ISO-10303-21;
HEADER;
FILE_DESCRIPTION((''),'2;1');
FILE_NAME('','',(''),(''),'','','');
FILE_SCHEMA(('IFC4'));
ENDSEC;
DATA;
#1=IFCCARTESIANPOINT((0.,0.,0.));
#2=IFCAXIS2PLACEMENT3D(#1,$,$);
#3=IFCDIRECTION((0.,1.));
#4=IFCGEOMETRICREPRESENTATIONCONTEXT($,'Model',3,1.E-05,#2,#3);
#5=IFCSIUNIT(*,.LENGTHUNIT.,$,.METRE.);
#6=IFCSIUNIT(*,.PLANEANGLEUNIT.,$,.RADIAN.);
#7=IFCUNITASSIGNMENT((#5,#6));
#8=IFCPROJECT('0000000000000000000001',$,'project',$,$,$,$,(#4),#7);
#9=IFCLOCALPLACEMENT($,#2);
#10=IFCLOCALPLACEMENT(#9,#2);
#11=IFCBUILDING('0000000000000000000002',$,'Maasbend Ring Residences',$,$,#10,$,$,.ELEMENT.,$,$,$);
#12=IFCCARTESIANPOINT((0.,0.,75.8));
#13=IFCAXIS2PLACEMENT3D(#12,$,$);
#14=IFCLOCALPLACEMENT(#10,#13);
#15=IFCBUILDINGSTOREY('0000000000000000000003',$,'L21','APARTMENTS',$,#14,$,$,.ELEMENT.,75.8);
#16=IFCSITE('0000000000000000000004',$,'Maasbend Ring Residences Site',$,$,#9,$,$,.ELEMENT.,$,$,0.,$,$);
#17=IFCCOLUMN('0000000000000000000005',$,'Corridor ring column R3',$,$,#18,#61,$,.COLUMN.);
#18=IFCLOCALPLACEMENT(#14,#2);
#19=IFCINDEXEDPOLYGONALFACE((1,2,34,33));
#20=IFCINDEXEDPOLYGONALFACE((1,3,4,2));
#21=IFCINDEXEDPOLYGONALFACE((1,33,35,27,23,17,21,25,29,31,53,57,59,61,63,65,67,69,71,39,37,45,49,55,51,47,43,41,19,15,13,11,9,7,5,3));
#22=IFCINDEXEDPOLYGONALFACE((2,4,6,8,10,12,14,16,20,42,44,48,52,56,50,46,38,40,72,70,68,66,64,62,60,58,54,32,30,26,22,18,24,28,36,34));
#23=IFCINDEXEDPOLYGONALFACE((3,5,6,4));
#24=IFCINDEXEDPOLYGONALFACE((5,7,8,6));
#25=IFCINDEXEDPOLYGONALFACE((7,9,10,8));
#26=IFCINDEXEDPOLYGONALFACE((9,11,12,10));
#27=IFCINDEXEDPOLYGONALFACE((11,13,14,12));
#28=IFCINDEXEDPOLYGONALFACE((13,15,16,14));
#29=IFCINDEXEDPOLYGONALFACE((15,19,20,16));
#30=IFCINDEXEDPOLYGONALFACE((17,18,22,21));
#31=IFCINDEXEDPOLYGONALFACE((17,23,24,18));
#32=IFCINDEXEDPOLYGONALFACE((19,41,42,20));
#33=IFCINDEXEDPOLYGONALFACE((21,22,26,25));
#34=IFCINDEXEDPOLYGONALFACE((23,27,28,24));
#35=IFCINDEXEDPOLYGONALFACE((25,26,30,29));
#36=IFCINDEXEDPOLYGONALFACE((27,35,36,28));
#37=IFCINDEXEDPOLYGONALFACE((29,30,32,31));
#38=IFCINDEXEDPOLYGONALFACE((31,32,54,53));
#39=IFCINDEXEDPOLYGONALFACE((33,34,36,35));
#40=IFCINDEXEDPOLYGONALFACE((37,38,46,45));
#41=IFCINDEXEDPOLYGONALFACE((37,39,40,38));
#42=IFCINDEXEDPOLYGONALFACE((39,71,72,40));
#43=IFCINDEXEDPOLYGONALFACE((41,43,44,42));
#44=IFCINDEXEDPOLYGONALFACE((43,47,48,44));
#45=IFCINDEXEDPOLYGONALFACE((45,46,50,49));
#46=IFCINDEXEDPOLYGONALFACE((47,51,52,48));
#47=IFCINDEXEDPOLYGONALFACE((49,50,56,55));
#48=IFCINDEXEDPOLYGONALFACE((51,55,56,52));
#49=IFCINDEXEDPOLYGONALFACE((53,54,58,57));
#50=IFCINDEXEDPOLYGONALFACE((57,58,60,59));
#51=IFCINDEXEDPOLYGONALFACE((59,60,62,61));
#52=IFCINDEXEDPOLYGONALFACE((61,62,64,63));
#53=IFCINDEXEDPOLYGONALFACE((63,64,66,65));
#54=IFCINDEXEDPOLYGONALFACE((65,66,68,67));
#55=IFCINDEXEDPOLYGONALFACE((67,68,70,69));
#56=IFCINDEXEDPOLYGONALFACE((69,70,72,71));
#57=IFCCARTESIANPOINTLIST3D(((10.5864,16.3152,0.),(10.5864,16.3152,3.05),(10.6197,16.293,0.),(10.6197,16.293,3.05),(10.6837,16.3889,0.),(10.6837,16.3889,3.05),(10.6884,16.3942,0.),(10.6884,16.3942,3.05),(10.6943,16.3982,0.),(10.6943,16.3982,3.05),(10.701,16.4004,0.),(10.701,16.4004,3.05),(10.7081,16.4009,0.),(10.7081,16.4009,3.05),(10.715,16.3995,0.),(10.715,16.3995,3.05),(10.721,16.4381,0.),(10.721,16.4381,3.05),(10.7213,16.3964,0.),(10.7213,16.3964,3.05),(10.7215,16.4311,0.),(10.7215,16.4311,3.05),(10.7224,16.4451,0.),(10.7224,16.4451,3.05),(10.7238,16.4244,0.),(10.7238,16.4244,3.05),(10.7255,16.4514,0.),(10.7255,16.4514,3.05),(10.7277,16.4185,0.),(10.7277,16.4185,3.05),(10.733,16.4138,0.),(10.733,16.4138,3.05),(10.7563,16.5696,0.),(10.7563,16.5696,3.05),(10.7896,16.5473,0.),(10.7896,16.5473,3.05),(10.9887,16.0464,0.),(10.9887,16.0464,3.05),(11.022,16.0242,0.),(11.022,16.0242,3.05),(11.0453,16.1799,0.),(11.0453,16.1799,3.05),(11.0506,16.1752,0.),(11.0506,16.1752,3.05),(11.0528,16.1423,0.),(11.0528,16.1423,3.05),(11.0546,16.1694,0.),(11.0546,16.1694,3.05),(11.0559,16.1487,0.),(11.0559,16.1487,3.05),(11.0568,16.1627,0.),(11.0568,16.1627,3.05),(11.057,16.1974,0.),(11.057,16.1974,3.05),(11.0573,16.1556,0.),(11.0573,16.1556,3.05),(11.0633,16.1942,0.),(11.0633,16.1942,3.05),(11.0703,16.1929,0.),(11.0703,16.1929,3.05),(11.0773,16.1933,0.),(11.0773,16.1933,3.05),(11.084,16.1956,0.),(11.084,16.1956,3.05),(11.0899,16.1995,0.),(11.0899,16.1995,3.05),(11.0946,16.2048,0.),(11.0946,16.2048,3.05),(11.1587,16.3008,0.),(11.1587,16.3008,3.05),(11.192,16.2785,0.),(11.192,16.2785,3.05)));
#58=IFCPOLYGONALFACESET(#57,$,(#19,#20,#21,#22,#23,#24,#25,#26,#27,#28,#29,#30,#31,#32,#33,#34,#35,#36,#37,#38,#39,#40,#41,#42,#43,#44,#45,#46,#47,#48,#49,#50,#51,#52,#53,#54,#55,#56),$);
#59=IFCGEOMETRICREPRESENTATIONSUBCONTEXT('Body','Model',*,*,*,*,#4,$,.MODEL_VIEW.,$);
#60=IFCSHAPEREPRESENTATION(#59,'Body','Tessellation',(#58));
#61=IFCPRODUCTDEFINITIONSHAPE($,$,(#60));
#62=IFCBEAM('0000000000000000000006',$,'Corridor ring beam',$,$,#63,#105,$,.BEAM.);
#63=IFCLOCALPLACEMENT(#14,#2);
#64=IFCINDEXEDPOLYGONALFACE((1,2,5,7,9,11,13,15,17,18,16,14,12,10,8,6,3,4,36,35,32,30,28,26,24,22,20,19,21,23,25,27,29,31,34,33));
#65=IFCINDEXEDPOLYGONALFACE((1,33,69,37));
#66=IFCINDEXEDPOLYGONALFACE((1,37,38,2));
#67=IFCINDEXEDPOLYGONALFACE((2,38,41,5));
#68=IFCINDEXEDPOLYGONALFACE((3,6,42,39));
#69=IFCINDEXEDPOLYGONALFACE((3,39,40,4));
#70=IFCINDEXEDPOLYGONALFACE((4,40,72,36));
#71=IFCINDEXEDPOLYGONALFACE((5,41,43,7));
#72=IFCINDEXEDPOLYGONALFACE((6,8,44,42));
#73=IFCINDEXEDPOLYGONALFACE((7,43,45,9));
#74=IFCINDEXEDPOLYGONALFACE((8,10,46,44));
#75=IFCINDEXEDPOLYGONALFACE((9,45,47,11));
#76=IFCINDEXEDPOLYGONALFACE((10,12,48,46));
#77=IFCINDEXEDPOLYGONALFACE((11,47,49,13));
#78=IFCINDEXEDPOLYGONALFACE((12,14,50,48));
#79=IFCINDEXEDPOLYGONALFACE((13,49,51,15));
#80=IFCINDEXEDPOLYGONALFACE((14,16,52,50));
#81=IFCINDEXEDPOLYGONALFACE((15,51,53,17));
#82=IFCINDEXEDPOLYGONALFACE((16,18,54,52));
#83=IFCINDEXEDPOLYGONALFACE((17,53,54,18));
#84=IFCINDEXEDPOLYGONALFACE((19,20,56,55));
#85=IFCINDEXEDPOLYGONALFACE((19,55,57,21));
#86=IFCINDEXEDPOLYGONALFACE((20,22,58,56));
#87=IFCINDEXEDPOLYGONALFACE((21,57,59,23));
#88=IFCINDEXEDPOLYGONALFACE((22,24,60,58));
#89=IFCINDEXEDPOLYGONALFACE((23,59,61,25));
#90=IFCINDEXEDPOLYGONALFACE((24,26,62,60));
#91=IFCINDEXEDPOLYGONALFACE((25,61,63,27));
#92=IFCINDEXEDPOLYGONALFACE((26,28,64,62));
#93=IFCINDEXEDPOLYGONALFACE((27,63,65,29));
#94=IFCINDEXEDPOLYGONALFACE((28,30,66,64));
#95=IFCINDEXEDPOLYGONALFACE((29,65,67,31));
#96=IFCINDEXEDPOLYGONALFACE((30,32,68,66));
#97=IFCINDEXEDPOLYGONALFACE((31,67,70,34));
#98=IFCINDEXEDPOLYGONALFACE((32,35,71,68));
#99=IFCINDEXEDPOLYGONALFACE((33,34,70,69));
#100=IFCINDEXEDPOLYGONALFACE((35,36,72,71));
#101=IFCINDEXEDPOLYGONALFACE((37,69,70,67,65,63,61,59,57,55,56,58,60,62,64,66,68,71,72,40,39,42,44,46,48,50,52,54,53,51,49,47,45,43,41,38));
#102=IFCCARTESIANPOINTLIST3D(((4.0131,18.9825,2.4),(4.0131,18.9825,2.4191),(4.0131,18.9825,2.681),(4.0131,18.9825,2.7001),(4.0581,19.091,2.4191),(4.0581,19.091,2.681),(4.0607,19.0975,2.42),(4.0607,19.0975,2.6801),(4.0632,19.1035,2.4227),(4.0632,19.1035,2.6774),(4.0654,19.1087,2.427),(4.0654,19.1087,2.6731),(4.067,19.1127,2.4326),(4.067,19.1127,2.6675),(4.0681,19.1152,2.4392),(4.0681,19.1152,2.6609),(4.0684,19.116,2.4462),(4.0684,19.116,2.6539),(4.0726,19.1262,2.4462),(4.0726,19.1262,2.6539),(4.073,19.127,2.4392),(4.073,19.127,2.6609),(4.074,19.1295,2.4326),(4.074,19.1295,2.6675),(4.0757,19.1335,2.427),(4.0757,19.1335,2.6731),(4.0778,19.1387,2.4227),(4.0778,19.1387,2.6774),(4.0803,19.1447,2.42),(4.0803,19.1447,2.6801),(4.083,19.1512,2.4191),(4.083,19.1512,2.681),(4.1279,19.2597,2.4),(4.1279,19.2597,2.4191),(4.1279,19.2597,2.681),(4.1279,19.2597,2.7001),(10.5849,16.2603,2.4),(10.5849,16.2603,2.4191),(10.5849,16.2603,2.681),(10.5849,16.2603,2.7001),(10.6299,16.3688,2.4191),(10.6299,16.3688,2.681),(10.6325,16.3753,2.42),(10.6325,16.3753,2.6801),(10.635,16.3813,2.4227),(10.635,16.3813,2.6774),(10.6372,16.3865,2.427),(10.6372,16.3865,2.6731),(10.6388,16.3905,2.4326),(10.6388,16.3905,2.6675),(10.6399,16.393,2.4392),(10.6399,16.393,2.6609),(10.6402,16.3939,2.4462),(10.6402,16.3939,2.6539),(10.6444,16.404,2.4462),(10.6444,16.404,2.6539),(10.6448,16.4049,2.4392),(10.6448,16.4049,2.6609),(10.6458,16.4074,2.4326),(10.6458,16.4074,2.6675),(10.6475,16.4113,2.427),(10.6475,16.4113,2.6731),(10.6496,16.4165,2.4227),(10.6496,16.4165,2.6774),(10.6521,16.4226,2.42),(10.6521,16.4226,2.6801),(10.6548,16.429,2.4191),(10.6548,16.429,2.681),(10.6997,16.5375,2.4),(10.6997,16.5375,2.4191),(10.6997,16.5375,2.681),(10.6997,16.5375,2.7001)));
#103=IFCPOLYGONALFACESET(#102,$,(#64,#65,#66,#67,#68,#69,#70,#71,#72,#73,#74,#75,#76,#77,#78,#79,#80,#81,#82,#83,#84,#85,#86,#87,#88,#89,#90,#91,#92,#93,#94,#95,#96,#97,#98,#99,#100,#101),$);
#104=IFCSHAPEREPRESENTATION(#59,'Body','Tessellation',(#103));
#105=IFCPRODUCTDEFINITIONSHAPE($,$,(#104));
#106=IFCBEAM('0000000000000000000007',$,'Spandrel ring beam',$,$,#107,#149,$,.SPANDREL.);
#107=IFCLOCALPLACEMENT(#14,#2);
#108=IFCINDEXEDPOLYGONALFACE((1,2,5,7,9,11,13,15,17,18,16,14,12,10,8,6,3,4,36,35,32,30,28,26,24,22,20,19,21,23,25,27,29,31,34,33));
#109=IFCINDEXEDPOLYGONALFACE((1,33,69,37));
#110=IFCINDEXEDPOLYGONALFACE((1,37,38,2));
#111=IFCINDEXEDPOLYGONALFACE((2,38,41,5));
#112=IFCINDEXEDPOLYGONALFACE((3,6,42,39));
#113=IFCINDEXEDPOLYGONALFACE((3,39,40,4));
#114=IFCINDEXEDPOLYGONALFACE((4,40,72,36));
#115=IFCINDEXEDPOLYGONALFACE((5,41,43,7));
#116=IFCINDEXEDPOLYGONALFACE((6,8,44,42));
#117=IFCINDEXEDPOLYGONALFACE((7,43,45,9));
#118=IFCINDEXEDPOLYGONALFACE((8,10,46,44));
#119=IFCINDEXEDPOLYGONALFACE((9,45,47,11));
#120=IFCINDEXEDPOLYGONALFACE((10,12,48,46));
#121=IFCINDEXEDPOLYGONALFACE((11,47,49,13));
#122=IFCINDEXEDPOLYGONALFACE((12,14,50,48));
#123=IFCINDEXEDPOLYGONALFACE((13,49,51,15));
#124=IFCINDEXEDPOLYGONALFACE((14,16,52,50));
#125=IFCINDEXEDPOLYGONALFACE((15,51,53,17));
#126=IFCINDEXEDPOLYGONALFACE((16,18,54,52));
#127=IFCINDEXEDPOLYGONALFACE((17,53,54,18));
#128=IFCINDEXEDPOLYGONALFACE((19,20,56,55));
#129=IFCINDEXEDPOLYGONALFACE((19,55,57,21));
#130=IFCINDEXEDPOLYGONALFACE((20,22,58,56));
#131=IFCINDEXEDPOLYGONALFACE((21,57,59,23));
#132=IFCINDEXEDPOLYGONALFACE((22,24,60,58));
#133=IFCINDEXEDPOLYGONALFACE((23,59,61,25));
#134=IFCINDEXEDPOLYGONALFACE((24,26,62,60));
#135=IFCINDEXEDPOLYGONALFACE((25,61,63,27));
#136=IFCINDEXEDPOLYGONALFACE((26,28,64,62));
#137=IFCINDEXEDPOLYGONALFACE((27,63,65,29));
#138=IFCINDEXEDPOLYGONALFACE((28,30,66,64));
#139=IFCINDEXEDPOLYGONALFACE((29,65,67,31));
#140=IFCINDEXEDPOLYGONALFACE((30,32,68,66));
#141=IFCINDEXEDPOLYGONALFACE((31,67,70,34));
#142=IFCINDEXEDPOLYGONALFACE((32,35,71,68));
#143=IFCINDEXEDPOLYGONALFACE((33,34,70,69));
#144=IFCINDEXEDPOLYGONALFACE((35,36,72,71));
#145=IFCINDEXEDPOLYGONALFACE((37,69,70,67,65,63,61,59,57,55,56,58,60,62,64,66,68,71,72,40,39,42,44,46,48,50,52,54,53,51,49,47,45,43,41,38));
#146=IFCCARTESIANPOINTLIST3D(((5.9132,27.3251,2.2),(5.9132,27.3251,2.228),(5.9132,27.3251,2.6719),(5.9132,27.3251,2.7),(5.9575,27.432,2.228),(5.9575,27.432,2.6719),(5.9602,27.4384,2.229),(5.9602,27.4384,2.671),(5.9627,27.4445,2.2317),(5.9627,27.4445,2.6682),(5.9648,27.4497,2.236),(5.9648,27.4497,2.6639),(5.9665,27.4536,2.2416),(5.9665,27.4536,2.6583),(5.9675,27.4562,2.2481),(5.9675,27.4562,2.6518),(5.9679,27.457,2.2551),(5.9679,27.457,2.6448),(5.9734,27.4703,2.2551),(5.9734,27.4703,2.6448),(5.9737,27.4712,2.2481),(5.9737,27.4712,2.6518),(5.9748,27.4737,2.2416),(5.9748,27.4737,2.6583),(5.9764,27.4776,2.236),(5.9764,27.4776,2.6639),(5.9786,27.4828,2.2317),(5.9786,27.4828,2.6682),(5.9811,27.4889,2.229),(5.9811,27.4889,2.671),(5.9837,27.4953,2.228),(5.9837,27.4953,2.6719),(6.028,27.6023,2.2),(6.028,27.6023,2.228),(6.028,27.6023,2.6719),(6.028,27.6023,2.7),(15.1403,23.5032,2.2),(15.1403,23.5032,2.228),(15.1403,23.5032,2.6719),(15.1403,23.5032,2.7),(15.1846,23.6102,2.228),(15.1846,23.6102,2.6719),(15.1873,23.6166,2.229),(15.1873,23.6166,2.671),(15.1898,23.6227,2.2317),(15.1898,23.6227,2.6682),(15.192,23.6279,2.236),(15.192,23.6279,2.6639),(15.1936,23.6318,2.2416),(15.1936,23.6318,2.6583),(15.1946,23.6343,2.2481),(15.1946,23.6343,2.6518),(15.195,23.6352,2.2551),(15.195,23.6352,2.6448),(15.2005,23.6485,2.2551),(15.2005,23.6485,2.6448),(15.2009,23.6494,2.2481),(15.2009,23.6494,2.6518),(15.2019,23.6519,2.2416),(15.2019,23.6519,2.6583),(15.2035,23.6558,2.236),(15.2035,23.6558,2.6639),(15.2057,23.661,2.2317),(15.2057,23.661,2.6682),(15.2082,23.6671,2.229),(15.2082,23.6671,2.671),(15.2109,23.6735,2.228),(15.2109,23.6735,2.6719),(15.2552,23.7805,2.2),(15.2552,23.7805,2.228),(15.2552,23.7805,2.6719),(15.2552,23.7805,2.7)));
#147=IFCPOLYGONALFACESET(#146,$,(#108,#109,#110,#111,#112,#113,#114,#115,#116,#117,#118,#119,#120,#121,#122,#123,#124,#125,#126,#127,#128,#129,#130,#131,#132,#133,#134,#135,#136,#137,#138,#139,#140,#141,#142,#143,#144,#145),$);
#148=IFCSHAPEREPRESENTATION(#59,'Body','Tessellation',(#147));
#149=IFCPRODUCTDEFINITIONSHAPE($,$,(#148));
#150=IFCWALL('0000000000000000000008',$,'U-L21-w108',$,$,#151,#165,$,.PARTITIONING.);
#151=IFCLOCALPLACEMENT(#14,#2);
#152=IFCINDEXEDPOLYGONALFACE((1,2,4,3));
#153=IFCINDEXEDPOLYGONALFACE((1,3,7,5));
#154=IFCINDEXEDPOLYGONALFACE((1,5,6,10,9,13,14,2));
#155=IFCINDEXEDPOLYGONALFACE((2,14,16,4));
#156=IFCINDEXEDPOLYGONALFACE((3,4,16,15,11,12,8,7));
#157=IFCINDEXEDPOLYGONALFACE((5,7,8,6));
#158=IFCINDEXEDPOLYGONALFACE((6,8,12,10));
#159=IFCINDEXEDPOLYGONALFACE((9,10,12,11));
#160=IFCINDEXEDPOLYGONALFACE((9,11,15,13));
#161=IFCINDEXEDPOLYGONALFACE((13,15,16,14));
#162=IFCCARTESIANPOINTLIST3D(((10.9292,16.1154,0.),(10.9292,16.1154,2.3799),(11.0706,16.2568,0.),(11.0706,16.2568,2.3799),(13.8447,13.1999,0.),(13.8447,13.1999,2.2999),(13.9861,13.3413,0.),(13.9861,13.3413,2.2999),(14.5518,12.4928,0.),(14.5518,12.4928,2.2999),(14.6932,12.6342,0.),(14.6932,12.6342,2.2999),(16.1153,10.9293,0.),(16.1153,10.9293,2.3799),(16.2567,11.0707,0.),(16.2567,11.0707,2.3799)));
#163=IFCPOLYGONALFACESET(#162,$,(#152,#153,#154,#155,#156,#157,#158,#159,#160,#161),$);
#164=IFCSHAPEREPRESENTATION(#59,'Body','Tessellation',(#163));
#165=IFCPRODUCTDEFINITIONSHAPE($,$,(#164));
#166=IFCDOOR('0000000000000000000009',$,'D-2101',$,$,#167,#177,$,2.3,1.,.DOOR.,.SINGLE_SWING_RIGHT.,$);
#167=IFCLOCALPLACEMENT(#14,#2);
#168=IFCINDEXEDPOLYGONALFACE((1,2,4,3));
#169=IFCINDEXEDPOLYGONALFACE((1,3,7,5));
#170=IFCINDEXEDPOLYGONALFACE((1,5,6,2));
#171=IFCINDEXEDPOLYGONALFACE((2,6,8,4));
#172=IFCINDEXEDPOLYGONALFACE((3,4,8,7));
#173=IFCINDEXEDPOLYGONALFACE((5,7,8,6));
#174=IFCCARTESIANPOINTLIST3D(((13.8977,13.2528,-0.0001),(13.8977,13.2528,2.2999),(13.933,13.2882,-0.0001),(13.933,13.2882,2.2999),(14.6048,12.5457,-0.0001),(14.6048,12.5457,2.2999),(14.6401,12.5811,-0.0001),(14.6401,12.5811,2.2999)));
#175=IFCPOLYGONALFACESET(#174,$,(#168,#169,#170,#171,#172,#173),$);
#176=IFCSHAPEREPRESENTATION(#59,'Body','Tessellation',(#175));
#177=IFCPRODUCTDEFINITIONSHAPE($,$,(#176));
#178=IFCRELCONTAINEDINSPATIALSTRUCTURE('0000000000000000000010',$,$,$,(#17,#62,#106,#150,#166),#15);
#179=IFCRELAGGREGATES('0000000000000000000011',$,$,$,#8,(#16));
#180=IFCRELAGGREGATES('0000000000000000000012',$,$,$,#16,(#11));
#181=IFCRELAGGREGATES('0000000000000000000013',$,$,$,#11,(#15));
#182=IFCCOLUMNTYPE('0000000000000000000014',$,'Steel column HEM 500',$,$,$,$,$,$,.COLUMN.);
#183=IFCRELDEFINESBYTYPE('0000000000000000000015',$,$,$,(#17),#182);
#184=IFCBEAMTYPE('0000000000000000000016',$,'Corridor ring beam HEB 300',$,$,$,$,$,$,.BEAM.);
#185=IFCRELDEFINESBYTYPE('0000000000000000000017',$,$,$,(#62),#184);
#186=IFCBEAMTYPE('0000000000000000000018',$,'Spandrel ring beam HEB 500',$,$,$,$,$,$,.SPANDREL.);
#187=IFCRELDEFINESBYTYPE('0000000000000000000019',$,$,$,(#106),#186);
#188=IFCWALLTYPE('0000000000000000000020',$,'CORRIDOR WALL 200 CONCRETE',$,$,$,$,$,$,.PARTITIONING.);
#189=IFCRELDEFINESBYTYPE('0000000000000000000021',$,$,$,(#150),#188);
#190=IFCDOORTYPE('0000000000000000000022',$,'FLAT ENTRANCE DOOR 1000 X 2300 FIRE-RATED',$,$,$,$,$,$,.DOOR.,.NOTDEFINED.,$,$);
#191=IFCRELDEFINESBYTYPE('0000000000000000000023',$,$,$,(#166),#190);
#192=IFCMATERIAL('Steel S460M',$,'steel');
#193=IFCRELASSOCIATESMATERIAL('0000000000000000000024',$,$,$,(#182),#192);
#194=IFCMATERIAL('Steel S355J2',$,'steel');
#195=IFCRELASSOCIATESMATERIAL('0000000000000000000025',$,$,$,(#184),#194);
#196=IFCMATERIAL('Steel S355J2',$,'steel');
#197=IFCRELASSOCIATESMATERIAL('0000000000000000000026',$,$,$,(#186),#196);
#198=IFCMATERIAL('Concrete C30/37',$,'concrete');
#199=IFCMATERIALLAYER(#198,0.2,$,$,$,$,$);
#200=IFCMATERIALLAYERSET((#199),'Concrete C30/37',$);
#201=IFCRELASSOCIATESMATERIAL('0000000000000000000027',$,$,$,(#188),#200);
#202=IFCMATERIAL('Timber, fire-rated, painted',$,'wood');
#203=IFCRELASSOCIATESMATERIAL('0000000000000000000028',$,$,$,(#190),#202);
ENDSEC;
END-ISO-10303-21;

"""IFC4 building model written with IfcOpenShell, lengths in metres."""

from ifc_helpers import new_model, si_unit, direction, frame, frame_2d, origin, origin_2d, place, context, subcontext, project, spatial, rectangle, i_section, extrude, material, layer, layer_set, material_profile, profile_set, type_object, element, fill, save


model = new_model("IFC4")

# Units and contexts
model_context = context("Model", 3, precision=1e-05, world=origin(), true_north=direction((0.0, 1.0)))
body_context = subcontext(model_context, "Body", "Model", "MODEL_VIEW")
ifc_project = project(units=[si_unit("LENGTHUNIT", "METRE"), si_unit("PLANEANGLEUNIT", "RADIAN")], contexts=[model_context])

# Site, building, storey
site_placement = place(None, origin())
site = spatial("IfcSite", under=ifc_project, at=site_placement, Name="Maasbend Ring Residences Site", CompositionType="ELEMENT", RefElevation=0.0)
building_placement = place(site_placement, origin())
building = spatial("IfcBuilding", under=site, at=building_placement, Name="Maasbend Ring Residences", CompositionType="ELEMENT")
storey_placement = place(building_placement, frame((0.0, 0.0, 75.8)))
storey = spatial("IfcBuildingStorey", under=building, at=storey_placement, Name="L21", Description="APARTMENTS", CompositionType="ELEMENT", Elevation=75.8)

# Column
ifc_material_1 = material(Name="Steel S460M", Category="steel")
ifc_material_profile_1 = material_profile(ifc_material_1, i_section(OverallWidth=0.3059, OverallDepth=0.5239, WebThickness=0.021, FlangeThickness=0.04, FilletRadius=0.0271, at=origin_2d()), Name="HEM 500")
ifc_profile_set_1 = profile_set([ifc_material_profile_1], Name="Steel S460M")
column_type = type_object("IfcColumnType", Name="Steel column HEM 500", PredefinedType="COLUMN", material=ifc_profile_set_1)
column_placement = place(storey_placement, frame((10.8892, 16.2969, 0.0), z_axis=(0.0, 0.0, 1.0), x_axis=(0.55557, 0.83147, 0.0)))
element("IfcColumn", 1, at=column_placement, inside=storey, type_object=column_type, Name="Corridor ring column R3", PredefinedType="COLUMN", context=body_context, shape_type="SweptSolid", body=[
    extrude(i_section(OverallWidth=0.3059, OverallDepth=0.5239, WebThickness=0.021, FlangeThickness=0.04, FilletRadius=0.0271, at=origin_2d()), origin(), (0.0, 0.0, 1.0), 3.05),
])

# Beams
ifc_material_2 = material(Name="Steel S355J2", Category="steel")
ifc_material_profile_2 = material_profile(ifc_material_2, i_section(OverallWidth=0.3, OverallDepth=0.3, WebThickness=0.011, FlangeThickness=0.019, FilletRadius=0.0271, at=origin_2d()), Name="HEB 300")
ifc_profile_set_2 = profile_set([ifc_material_profile_2], Name="Steel S355J2")
beam_type_1 = type_object("IfcBeamType", Name="Corridor ring beam HEB 300", PredefinedType="BEAM", material=ifc_profile_set_2)
beam_1_placement = place(storey_placement, frame((10.6423, 16.3989, 2.55), z_axis=(-0.923877, 0.382689, 0.0), x_axis=(-0.382689, -0.923877, 0.0)))
element("IfcBeam", 2, at=beam_1_placement, inside=storey, type_object=beam_type_1, Name="Corridor ring beam", PredefinedType="BEAM", context=body_context, shape_type="SweptSolid", body=[
    extrude(i_section(OverallWidth=0.3, OverallDepth=0.3, WebThickness=0.011, FlangeThickness=0.019, FilletRadius=0.0271, at=origin_2d()), origin(), (0.0, 0.0, 1.0), 7.1133),
])
ifc_material_3 = material(Name="Steel S355J2", Category="steel")
ifc_material_profile_3 = material_profile(ifc_material_3, i_section(OverallWidth=0.3, OverallDepth=0.5, WebThickness=0.0144, FlangeThickness=0.0281, FilletRadius=0.0271, at=origin_2d()), Name="HEB 500")
ifc_profile_set_3 = profile_set([ifc_material_profile_3], Name="Steel S355J2")
beam_type_2 = type_object("IfcBeamType", Name="Spandrel ring beam HEB 500", PredefinedType="SPANDREL", material=ifc_profile_set_3)
beam_2_placement = place(storey_placement, frame((15.1978, 23.6418, 2.45), z_axis=(-0.923886, 0.382667, 0.0), x_axis=(-0.382667, -0.923886, 0.0)))
element("IfcBeam", 3, at=beam_2_placement, inside=storey, type_object=beam_type_2, Name="Spandrel ring beam", PredefinedType="SPANDREL", context=body_context, shape_type="SweptSolid", body=[
    extrude(i_section(OverallWidth=0.3, OverallDepth=0.5, WebThickness=0.0144, FlangeThickness=0.0281, FilletRadius=0.0271, at=origin_2d()), origin(), (0.0, 0.0, 1.0), 9.9873),
])

# Wall, opening, door
ifc_material_4 = material(Name="Concrete C30/37", Category="concrete")
ifc_layer_1 = layer(ifc_material_4, 0.2)
ifc_layer_set_1 = layer_set([ifc_layer_1], Name="Concrete C30/37")
wall_type_1 = type_object("IfcWallType", Name="CORRIDOR WALL 200 CONCRETE", PredefinedType="PARTITIONING", material=ifc_layer_set_1)
wall_1_placement = place(storey_placement, frame((11.0, 16.186, 0.0), z_axis=(0.0, 0.0, 1.0), x_axis=(0.707107, -0.707107, 0.0)))
wall_1 = element("IfcWall", 4, at=wall_1_placement, inside=storey, type_object=wall_type_1, Name="U-L21-w108", PredefinedType="PARTITIONING", context=body_context, shape_type="SweptSolid", body=[
    extrude(rectangle(XDim=7.3342, YDim=0.2, at=frame_2d((3.667, 0.0))), origin(), (0.0, 0.0, 1.0), 2.3799),
])
opening_1_placement = place(wall_1_placement, frame((4.123, 0.0, 0.0)))
opening_1 = element("IfcOpeningElement", 5, at=opening_1_placement, cuts=wall_1, PredefinedType="OPENING", context=body_context, shape_type="SweptSolid", body=[
    extrude(rectangle(XDim=1.0, YDim=2.3, at=frame_2d((0.5, 1.1499))), frame((0.0, 0.1099, 0.0), z_axis=(0.0, -1.0, 0.0), x_axis=(1.0, 0.0, 0.0)), (0.0, 0.0, 1.0), 0.22),
])
ifc_material_5 = material(Name="Timber, fire-rated, painted", Category="wood")
door_type_1 = type_object("IfcDoorType", Name="FLAT ENTRANCE DOOR 1000 X 2300 FIRE-RATED", OperationType="NOTDEFINED", PredefinedType="DOOR", material=ifc_material_5)
door_1_placement = place(opening_1_placement, origin())
door_1 = element("IfcDoor", 6, at=door_1_placement, inside=storey, type_object=door_type_1, Name="D-2101", OperationType="SINGLE_SWING_RIGHT", OverallHeight=2.3, OverallWidth=1.0, PredefinedType="DOOR", context=body_context, shape_type="SweptSolid", body=[
    extrude(rectangle(XDim=1.0, YDim=2.3, at=frame_2d((0.5, 1.1499))), frame((0.0, 0.0249, 0.0), z_axis=(0.0, -1.0, 0.0), x_axis=(1.0, 0.0, 0.0)), (0.0, 0.0, 1.0), 0.05),
])
fill(opening_1, door_1)

save(model, "model.ifc")
